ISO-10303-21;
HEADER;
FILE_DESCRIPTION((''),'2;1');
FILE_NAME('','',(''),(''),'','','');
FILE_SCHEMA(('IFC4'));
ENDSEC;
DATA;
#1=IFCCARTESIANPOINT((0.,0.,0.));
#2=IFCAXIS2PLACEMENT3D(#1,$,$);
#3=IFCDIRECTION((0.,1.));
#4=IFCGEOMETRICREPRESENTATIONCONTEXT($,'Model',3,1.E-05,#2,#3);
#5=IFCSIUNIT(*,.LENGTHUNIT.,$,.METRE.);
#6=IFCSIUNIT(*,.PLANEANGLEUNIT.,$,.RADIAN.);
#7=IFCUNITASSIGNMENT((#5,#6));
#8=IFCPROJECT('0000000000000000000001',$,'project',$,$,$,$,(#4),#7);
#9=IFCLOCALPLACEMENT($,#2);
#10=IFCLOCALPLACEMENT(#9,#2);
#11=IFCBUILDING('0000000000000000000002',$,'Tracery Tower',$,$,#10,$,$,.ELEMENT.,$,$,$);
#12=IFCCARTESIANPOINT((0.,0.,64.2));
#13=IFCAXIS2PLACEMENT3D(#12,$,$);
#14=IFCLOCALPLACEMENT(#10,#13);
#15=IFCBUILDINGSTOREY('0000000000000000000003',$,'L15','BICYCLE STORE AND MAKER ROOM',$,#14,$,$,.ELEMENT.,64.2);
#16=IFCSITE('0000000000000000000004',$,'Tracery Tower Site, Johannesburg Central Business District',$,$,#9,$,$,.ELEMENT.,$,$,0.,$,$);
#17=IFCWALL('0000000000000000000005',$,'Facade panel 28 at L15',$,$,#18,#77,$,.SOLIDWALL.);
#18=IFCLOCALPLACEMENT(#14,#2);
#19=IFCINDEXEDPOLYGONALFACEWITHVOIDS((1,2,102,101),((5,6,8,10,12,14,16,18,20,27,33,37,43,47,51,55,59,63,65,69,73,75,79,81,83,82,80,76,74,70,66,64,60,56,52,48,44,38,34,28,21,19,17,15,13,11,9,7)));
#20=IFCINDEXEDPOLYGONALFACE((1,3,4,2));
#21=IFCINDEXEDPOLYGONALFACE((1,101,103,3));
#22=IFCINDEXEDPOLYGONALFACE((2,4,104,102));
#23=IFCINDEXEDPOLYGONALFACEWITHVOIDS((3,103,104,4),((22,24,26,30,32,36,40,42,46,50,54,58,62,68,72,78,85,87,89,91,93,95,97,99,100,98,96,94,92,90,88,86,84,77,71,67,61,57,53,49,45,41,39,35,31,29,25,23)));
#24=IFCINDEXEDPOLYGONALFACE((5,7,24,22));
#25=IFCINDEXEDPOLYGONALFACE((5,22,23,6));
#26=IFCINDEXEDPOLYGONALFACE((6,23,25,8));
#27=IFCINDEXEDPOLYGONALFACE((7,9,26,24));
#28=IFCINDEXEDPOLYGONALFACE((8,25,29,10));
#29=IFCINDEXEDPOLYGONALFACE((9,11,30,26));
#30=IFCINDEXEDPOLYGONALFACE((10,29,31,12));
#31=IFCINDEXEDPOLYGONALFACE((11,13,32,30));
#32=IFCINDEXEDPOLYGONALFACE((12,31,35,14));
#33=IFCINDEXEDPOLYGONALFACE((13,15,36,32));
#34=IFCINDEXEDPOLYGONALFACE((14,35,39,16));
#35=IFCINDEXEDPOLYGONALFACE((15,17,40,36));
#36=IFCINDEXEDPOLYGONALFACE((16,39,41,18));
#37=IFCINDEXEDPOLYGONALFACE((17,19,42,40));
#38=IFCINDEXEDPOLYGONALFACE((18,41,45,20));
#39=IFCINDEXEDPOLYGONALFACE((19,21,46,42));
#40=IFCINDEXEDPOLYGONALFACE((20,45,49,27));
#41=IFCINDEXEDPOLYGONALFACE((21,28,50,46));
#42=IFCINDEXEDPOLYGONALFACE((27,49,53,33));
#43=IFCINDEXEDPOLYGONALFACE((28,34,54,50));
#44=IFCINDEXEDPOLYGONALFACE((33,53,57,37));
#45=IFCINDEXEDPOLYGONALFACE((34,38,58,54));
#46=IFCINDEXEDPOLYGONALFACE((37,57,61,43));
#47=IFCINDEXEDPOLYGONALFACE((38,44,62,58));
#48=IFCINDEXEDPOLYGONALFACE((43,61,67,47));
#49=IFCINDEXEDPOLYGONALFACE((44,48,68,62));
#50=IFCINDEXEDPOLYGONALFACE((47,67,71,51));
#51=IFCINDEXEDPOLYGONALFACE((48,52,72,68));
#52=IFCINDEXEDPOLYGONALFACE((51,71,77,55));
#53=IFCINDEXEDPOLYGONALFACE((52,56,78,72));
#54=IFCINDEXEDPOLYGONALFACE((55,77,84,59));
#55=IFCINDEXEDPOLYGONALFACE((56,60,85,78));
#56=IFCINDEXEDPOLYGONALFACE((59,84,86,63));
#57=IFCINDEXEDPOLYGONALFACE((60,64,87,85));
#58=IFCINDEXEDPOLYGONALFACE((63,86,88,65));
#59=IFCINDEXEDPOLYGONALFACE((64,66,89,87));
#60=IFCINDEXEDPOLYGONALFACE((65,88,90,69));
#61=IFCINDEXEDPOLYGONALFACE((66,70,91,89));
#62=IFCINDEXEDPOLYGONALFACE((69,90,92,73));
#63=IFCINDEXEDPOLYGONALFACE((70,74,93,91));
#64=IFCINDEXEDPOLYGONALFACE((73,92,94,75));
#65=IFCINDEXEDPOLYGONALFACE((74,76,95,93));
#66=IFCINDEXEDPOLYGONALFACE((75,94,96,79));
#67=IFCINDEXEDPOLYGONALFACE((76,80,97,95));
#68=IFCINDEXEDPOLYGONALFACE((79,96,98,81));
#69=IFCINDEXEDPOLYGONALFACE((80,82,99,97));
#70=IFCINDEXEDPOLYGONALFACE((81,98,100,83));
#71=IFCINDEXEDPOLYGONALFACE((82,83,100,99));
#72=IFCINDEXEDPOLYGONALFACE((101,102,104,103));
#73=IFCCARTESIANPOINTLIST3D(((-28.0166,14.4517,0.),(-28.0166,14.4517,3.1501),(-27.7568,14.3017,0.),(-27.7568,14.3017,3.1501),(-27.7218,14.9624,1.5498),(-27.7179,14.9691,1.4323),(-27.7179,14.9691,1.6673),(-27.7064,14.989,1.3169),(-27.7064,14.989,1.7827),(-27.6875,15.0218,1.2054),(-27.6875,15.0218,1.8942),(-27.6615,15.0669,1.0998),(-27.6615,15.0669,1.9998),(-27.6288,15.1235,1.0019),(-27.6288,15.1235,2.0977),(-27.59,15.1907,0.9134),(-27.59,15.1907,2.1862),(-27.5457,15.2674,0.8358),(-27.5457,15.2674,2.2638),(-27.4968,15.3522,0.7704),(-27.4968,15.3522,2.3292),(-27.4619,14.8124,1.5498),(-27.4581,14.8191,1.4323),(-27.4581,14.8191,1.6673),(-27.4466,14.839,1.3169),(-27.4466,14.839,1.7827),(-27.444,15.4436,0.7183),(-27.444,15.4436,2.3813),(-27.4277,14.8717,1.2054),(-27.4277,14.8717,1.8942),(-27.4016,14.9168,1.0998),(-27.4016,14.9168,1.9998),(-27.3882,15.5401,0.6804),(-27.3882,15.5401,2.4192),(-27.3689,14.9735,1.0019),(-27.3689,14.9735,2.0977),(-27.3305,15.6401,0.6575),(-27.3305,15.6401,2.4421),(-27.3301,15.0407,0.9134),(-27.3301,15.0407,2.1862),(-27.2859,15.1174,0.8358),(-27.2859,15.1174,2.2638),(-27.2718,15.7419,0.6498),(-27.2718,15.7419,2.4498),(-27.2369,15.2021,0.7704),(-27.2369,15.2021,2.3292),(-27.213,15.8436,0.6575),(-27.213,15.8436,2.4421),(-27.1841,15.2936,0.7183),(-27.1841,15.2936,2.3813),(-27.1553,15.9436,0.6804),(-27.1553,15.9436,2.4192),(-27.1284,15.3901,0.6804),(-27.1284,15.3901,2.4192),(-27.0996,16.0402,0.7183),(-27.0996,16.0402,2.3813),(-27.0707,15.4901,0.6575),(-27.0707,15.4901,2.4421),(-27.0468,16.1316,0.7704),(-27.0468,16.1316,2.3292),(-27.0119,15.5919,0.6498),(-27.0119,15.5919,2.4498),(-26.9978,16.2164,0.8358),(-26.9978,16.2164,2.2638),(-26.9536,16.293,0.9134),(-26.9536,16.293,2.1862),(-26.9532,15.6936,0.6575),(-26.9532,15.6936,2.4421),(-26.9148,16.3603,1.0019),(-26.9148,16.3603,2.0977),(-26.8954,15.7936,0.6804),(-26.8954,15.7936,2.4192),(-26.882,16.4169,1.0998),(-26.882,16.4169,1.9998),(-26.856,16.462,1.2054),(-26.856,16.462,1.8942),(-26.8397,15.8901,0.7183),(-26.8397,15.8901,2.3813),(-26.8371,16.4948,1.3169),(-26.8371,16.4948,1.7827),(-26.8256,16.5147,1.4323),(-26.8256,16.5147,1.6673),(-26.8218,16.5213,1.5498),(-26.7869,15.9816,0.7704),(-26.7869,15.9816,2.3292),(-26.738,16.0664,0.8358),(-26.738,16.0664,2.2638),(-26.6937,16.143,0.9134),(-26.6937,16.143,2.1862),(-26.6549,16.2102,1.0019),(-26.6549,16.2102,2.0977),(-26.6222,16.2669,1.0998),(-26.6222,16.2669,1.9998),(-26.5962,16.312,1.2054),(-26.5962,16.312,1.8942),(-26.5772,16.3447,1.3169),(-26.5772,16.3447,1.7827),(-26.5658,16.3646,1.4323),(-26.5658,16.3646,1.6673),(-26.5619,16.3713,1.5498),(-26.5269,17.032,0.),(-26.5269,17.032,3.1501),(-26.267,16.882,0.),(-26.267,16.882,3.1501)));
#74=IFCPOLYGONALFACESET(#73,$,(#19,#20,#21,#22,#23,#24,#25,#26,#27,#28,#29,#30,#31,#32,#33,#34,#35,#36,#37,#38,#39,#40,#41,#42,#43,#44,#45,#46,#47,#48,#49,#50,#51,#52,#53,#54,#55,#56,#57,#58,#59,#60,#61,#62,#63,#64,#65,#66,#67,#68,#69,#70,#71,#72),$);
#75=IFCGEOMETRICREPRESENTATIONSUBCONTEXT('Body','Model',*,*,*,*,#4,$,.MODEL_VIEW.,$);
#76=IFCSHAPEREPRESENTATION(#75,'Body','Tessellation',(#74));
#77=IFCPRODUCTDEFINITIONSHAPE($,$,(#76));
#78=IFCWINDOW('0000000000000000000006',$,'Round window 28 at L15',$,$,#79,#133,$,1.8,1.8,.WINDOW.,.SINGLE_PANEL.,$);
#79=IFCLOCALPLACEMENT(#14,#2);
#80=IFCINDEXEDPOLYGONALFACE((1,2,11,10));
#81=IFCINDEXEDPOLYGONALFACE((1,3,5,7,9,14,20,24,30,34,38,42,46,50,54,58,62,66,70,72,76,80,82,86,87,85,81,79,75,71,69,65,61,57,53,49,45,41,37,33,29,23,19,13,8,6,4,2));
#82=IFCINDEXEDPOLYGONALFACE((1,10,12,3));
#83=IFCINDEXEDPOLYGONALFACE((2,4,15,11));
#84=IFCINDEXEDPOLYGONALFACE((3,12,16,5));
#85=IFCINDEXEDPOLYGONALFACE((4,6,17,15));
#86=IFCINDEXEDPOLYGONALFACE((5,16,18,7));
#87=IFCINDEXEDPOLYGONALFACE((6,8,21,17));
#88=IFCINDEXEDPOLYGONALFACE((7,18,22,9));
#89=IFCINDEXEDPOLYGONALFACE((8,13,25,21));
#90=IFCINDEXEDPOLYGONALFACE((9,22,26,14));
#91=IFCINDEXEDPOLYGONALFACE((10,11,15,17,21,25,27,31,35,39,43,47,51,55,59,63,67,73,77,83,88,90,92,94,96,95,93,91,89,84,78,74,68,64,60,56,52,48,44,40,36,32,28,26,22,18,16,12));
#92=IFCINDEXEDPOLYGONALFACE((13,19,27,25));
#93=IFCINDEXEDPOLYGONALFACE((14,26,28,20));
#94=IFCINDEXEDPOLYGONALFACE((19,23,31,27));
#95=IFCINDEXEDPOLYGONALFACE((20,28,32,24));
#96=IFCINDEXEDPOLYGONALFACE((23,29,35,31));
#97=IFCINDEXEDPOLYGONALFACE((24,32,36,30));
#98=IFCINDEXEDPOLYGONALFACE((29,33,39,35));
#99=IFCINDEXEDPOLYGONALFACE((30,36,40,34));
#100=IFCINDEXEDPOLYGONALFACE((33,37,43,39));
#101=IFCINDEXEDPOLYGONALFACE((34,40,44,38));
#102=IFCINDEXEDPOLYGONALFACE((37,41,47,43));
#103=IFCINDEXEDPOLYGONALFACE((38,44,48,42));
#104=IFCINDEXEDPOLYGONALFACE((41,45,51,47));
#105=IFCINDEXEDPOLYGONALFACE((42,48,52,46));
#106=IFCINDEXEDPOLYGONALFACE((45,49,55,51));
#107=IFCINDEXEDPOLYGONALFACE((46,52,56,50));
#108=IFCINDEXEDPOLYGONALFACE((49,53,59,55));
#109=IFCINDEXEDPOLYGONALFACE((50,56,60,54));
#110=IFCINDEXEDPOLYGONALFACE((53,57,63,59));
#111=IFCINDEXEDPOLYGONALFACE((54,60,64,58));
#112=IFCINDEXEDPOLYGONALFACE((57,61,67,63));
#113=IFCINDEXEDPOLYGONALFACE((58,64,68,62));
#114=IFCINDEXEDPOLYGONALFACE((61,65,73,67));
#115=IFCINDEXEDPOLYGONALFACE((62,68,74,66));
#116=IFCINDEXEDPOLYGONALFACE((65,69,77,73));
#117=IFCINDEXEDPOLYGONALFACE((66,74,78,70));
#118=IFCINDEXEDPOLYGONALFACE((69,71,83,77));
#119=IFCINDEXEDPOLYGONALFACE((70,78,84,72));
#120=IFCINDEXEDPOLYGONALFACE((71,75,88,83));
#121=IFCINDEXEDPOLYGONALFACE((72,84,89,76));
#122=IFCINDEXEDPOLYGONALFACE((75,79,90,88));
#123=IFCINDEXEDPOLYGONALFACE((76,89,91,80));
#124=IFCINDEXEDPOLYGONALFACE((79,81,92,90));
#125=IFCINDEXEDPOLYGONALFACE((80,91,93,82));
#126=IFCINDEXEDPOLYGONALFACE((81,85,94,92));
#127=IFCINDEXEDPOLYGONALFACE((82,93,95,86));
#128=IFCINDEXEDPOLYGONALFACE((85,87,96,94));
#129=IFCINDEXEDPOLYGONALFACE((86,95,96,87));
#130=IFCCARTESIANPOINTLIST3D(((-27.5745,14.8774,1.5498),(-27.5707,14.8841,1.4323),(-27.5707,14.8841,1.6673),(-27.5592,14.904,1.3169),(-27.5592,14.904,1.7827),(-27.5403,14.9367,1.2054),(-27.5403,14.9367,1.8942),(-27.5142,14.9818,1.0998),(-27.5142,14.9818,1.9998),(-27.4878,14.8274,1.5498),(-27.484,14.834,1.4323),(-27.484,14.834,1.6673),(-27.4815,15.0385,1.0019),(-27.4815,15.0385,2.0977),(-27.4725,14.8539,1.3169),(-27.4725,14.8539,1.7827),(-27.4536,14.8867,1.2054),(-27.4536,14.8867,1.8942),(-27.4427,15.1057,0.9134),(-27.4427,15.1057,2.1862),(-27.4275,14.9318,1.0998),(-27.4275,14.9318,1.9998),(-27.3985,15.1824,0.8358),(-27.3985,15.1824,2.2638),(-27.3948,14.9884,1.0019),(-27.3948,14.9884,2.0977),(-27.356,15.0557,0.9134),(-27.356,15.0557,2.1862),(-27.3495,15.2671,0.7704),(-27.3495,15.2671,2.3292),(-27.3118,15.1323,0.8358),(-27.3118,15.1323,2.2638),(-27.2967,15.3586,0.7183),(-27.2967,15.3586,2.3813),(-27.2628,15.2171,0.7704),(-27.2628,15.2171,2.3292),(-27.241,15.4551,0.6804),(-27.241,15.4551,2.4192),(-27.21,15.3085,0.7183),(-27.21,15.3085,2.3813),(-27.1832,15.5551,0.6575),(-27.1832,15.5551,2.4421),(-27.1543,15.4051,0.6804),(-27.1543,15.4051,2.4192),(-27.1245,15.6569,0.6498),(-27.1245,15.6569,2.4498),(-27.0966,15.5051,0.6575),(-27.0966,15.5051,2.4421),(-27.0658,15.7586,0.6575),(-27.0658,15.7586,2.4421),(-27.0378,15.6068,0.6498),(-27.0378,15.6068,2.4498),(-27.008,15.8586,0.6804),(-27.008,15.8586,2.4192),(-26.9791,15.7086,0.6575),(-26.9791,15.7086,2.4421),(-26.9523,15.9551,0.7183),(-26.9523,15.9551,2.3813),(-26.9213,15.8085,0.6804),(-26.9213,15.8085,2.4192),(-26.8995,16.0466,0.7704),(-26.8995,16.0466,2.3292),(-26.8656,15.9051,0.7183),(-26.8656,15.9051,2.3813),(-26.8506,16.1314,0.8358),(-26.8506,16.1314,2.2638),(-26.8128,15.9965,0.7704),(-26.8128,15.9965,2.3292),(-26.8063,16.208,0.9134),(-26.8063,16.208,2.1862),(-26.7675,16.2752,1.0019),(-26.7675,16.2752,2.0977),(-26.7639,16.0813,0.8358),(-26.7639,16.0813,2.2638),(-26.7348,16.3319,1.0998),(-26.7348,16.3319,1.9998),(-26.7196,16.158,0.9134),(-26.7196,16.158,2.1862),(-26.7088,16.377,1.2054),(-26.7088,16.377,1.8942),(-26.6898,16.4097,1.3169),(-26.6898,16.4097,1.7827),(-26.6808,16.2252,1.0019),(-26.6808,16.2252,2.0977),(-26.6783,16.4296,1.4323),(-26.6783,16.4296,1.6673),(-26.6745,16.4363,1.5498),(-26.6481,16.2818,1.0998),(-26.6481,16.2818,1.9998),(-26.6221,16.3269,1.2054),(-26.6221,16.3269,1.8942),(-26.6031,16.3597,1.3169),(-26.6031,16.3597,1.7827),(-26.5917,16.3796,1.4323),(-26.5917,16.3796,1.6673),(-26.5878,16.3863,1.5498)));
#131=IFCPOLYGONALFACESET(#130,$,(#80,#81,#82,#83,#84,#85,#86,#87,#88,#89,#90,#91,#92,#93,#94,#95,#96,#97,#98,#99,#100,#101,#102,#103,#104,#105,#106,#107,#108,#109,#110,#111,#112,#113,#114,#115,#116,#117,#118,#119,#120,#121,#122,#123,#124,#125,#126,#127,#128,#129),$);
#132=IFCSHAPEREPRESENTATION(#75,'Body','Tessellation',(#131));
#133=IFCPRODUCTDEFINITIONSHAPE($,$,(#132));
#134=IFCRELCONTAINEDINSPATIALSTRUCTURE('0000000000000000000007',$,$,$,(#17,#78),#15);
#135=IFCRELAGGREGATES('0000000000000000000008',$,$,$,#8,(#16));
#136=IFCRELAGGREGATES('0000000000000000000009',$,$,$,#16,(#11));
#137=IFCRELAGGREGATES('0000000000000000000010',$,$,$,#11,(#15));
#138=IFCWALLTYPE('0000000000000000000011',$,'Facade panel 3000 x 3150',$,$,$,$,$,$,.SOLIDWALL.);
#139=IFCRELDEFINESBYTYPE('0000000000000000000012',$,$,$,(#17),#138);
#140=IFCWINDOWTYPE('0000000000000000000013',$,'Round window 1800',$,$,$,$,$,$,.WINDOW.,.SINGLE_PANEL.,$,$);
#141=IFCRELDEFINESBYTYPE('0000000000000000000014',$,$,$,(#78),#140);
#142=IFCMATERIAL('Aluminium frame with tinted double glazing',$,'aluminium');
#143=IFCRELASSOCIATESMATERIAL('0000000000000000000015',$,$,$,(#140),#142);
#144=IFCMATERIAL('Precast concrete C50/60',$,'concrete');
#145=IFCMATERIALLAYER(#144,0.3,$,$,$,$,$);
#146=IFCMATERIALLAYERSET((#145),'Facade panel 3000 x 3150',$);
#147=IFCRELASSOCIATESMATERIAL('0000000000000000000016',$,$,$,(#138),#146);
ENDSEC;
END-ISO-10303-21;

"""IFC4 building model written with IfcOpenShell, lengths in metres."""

from ifc_helpers import new_model, si_unit, direction, frame, frame_2d, origin, origin_2d, place, context, subcontext, project, spatial, rectangle, circle, extrude, material, layer, layer_set, type_object, element, fill, save


model = new_model("IFC4")

# Units and contexts
model_context = context("Model", 3, precision=1e-05, world=origin(), true_north=direction((0.0, 1.0)))
body_context = subcontext(model_context, "Body", "Model", "MODEL_VIEW")
ifc_project = project(units=[si_unit("LENGTHUNIT", "METRE"), si_unit("PLANEANGLEUNIT", "RADIAN")], contexts=[model_context])

# Site, building, storey
site_placement = place(None, origin())
site = spatial("IfcSite", under=ifc_project, at=site_placement, Name="Tracery Tower Site, Johannesburg Central Business District", CompositionType="ELEMENT", RefElevation=0.0)
building_placement = place(site_placement, origin())
building = spatial("IfcBuilding", under=site, at=building_placement, Name="Tracery Tower", CompositionType="ELEMENT")
storey_placement = place(building_placement, frame((0.0, 0.0, 64.2)))
storey = spatial("IfcBuildingStorey", under=building, at=storey_placement, Name="L15", Description="BICYCLE STORE AND MAKER ROOM", CompositionType="ELEMENT", Elevation=64.2)

# Wall, opening, window
ifc_material_1 = material(Name="Aluminium frame with tinted double glazing", Category="aluminium")
window_type = type_object("IfcWindowType", Name="Round window 1800", PartitioningType="SINGLE_PANEL", PredefinedType="WINDOW", material=ifc_material_1)
ifc_material_2 = material(Name="Precast concrete C50/60", Category="concrete")
ifc_layer_1 = layer(ifc_material_2, 0.3)
ifc_layer_set_1 = layer_set([ifc_layer_1], Name="Facade panel 3000 x 3150")
wall_type_1 = type_object("IfcWallType", Name="Facade panel 3000 x 3150", PredefinedType="SOLIDWALL", material=ifc_layer_set_1)
wall_1_placement = place(storey_placement, frame((-26.397, 16.957, 0.0), z_axis=(0.0, 0.0, 1.0), x_axis=(-0.499999, -0.866026, 0.0)))
wall_1 = element("IfcWall", 1, at=wall_1_placement, inside=storey, type_object=wall_type_1, Name="Facade panel 28 at L15", PredefinedType="SOLIDWALL", context=body_context, shape_type="SweptSolid", body=[
    extrude(rectangle(XDim=2.9795, YDim=0.3, at=frame_2d((1.4897, 0.0))), origin(), (0.0, 0.0, 1.0), 3.1501),
])
opening_1_placement = place(wall_1_placement, frame((1.4897, 0.0, 1.5498)))
opening_1 = element("IfcOpeningElement", 2, at=opening_1_placement, cuts=wall_1, PredefinedType="OPENING", context=body_context, shape_type="SweptSolid", body=[
    extrude(circle(Radius=0.9, at=origin_2d()), frame((0.0, 0.1599, 0.0), z_axis=(0.0, -1.0, 0.0), x_axis=(1.0, 0.0, 0.0)), (0.0, 0.0, 1.0), 0.3201),
])
window_1_placement = place(opening_1_placement, origin())
window_1 = element("IfcWindow", 3, at=window_1_placement, inside=storey, type_object=window_type, Name="Round window 28 at L15", OverallHeight=1.8, OverallWidth=1.8, PartitioningType="SINGLE_PANEL", PredefinedType="WINDOW", context=body_context, shape_type="SweptSolid", body=[
    extrude(circle(Radius=0.9, at=origin_2d()), frame((0.0, 0.1201, 0.0), z_axis=(0.0, -1.0, 0.0), x_axis=(1.0, 0.0, 0.0)), (0.0, 0.0, 1.0), 0.1001),
])
fill(opening_1, window_1)

save(model, "model.ifc")
